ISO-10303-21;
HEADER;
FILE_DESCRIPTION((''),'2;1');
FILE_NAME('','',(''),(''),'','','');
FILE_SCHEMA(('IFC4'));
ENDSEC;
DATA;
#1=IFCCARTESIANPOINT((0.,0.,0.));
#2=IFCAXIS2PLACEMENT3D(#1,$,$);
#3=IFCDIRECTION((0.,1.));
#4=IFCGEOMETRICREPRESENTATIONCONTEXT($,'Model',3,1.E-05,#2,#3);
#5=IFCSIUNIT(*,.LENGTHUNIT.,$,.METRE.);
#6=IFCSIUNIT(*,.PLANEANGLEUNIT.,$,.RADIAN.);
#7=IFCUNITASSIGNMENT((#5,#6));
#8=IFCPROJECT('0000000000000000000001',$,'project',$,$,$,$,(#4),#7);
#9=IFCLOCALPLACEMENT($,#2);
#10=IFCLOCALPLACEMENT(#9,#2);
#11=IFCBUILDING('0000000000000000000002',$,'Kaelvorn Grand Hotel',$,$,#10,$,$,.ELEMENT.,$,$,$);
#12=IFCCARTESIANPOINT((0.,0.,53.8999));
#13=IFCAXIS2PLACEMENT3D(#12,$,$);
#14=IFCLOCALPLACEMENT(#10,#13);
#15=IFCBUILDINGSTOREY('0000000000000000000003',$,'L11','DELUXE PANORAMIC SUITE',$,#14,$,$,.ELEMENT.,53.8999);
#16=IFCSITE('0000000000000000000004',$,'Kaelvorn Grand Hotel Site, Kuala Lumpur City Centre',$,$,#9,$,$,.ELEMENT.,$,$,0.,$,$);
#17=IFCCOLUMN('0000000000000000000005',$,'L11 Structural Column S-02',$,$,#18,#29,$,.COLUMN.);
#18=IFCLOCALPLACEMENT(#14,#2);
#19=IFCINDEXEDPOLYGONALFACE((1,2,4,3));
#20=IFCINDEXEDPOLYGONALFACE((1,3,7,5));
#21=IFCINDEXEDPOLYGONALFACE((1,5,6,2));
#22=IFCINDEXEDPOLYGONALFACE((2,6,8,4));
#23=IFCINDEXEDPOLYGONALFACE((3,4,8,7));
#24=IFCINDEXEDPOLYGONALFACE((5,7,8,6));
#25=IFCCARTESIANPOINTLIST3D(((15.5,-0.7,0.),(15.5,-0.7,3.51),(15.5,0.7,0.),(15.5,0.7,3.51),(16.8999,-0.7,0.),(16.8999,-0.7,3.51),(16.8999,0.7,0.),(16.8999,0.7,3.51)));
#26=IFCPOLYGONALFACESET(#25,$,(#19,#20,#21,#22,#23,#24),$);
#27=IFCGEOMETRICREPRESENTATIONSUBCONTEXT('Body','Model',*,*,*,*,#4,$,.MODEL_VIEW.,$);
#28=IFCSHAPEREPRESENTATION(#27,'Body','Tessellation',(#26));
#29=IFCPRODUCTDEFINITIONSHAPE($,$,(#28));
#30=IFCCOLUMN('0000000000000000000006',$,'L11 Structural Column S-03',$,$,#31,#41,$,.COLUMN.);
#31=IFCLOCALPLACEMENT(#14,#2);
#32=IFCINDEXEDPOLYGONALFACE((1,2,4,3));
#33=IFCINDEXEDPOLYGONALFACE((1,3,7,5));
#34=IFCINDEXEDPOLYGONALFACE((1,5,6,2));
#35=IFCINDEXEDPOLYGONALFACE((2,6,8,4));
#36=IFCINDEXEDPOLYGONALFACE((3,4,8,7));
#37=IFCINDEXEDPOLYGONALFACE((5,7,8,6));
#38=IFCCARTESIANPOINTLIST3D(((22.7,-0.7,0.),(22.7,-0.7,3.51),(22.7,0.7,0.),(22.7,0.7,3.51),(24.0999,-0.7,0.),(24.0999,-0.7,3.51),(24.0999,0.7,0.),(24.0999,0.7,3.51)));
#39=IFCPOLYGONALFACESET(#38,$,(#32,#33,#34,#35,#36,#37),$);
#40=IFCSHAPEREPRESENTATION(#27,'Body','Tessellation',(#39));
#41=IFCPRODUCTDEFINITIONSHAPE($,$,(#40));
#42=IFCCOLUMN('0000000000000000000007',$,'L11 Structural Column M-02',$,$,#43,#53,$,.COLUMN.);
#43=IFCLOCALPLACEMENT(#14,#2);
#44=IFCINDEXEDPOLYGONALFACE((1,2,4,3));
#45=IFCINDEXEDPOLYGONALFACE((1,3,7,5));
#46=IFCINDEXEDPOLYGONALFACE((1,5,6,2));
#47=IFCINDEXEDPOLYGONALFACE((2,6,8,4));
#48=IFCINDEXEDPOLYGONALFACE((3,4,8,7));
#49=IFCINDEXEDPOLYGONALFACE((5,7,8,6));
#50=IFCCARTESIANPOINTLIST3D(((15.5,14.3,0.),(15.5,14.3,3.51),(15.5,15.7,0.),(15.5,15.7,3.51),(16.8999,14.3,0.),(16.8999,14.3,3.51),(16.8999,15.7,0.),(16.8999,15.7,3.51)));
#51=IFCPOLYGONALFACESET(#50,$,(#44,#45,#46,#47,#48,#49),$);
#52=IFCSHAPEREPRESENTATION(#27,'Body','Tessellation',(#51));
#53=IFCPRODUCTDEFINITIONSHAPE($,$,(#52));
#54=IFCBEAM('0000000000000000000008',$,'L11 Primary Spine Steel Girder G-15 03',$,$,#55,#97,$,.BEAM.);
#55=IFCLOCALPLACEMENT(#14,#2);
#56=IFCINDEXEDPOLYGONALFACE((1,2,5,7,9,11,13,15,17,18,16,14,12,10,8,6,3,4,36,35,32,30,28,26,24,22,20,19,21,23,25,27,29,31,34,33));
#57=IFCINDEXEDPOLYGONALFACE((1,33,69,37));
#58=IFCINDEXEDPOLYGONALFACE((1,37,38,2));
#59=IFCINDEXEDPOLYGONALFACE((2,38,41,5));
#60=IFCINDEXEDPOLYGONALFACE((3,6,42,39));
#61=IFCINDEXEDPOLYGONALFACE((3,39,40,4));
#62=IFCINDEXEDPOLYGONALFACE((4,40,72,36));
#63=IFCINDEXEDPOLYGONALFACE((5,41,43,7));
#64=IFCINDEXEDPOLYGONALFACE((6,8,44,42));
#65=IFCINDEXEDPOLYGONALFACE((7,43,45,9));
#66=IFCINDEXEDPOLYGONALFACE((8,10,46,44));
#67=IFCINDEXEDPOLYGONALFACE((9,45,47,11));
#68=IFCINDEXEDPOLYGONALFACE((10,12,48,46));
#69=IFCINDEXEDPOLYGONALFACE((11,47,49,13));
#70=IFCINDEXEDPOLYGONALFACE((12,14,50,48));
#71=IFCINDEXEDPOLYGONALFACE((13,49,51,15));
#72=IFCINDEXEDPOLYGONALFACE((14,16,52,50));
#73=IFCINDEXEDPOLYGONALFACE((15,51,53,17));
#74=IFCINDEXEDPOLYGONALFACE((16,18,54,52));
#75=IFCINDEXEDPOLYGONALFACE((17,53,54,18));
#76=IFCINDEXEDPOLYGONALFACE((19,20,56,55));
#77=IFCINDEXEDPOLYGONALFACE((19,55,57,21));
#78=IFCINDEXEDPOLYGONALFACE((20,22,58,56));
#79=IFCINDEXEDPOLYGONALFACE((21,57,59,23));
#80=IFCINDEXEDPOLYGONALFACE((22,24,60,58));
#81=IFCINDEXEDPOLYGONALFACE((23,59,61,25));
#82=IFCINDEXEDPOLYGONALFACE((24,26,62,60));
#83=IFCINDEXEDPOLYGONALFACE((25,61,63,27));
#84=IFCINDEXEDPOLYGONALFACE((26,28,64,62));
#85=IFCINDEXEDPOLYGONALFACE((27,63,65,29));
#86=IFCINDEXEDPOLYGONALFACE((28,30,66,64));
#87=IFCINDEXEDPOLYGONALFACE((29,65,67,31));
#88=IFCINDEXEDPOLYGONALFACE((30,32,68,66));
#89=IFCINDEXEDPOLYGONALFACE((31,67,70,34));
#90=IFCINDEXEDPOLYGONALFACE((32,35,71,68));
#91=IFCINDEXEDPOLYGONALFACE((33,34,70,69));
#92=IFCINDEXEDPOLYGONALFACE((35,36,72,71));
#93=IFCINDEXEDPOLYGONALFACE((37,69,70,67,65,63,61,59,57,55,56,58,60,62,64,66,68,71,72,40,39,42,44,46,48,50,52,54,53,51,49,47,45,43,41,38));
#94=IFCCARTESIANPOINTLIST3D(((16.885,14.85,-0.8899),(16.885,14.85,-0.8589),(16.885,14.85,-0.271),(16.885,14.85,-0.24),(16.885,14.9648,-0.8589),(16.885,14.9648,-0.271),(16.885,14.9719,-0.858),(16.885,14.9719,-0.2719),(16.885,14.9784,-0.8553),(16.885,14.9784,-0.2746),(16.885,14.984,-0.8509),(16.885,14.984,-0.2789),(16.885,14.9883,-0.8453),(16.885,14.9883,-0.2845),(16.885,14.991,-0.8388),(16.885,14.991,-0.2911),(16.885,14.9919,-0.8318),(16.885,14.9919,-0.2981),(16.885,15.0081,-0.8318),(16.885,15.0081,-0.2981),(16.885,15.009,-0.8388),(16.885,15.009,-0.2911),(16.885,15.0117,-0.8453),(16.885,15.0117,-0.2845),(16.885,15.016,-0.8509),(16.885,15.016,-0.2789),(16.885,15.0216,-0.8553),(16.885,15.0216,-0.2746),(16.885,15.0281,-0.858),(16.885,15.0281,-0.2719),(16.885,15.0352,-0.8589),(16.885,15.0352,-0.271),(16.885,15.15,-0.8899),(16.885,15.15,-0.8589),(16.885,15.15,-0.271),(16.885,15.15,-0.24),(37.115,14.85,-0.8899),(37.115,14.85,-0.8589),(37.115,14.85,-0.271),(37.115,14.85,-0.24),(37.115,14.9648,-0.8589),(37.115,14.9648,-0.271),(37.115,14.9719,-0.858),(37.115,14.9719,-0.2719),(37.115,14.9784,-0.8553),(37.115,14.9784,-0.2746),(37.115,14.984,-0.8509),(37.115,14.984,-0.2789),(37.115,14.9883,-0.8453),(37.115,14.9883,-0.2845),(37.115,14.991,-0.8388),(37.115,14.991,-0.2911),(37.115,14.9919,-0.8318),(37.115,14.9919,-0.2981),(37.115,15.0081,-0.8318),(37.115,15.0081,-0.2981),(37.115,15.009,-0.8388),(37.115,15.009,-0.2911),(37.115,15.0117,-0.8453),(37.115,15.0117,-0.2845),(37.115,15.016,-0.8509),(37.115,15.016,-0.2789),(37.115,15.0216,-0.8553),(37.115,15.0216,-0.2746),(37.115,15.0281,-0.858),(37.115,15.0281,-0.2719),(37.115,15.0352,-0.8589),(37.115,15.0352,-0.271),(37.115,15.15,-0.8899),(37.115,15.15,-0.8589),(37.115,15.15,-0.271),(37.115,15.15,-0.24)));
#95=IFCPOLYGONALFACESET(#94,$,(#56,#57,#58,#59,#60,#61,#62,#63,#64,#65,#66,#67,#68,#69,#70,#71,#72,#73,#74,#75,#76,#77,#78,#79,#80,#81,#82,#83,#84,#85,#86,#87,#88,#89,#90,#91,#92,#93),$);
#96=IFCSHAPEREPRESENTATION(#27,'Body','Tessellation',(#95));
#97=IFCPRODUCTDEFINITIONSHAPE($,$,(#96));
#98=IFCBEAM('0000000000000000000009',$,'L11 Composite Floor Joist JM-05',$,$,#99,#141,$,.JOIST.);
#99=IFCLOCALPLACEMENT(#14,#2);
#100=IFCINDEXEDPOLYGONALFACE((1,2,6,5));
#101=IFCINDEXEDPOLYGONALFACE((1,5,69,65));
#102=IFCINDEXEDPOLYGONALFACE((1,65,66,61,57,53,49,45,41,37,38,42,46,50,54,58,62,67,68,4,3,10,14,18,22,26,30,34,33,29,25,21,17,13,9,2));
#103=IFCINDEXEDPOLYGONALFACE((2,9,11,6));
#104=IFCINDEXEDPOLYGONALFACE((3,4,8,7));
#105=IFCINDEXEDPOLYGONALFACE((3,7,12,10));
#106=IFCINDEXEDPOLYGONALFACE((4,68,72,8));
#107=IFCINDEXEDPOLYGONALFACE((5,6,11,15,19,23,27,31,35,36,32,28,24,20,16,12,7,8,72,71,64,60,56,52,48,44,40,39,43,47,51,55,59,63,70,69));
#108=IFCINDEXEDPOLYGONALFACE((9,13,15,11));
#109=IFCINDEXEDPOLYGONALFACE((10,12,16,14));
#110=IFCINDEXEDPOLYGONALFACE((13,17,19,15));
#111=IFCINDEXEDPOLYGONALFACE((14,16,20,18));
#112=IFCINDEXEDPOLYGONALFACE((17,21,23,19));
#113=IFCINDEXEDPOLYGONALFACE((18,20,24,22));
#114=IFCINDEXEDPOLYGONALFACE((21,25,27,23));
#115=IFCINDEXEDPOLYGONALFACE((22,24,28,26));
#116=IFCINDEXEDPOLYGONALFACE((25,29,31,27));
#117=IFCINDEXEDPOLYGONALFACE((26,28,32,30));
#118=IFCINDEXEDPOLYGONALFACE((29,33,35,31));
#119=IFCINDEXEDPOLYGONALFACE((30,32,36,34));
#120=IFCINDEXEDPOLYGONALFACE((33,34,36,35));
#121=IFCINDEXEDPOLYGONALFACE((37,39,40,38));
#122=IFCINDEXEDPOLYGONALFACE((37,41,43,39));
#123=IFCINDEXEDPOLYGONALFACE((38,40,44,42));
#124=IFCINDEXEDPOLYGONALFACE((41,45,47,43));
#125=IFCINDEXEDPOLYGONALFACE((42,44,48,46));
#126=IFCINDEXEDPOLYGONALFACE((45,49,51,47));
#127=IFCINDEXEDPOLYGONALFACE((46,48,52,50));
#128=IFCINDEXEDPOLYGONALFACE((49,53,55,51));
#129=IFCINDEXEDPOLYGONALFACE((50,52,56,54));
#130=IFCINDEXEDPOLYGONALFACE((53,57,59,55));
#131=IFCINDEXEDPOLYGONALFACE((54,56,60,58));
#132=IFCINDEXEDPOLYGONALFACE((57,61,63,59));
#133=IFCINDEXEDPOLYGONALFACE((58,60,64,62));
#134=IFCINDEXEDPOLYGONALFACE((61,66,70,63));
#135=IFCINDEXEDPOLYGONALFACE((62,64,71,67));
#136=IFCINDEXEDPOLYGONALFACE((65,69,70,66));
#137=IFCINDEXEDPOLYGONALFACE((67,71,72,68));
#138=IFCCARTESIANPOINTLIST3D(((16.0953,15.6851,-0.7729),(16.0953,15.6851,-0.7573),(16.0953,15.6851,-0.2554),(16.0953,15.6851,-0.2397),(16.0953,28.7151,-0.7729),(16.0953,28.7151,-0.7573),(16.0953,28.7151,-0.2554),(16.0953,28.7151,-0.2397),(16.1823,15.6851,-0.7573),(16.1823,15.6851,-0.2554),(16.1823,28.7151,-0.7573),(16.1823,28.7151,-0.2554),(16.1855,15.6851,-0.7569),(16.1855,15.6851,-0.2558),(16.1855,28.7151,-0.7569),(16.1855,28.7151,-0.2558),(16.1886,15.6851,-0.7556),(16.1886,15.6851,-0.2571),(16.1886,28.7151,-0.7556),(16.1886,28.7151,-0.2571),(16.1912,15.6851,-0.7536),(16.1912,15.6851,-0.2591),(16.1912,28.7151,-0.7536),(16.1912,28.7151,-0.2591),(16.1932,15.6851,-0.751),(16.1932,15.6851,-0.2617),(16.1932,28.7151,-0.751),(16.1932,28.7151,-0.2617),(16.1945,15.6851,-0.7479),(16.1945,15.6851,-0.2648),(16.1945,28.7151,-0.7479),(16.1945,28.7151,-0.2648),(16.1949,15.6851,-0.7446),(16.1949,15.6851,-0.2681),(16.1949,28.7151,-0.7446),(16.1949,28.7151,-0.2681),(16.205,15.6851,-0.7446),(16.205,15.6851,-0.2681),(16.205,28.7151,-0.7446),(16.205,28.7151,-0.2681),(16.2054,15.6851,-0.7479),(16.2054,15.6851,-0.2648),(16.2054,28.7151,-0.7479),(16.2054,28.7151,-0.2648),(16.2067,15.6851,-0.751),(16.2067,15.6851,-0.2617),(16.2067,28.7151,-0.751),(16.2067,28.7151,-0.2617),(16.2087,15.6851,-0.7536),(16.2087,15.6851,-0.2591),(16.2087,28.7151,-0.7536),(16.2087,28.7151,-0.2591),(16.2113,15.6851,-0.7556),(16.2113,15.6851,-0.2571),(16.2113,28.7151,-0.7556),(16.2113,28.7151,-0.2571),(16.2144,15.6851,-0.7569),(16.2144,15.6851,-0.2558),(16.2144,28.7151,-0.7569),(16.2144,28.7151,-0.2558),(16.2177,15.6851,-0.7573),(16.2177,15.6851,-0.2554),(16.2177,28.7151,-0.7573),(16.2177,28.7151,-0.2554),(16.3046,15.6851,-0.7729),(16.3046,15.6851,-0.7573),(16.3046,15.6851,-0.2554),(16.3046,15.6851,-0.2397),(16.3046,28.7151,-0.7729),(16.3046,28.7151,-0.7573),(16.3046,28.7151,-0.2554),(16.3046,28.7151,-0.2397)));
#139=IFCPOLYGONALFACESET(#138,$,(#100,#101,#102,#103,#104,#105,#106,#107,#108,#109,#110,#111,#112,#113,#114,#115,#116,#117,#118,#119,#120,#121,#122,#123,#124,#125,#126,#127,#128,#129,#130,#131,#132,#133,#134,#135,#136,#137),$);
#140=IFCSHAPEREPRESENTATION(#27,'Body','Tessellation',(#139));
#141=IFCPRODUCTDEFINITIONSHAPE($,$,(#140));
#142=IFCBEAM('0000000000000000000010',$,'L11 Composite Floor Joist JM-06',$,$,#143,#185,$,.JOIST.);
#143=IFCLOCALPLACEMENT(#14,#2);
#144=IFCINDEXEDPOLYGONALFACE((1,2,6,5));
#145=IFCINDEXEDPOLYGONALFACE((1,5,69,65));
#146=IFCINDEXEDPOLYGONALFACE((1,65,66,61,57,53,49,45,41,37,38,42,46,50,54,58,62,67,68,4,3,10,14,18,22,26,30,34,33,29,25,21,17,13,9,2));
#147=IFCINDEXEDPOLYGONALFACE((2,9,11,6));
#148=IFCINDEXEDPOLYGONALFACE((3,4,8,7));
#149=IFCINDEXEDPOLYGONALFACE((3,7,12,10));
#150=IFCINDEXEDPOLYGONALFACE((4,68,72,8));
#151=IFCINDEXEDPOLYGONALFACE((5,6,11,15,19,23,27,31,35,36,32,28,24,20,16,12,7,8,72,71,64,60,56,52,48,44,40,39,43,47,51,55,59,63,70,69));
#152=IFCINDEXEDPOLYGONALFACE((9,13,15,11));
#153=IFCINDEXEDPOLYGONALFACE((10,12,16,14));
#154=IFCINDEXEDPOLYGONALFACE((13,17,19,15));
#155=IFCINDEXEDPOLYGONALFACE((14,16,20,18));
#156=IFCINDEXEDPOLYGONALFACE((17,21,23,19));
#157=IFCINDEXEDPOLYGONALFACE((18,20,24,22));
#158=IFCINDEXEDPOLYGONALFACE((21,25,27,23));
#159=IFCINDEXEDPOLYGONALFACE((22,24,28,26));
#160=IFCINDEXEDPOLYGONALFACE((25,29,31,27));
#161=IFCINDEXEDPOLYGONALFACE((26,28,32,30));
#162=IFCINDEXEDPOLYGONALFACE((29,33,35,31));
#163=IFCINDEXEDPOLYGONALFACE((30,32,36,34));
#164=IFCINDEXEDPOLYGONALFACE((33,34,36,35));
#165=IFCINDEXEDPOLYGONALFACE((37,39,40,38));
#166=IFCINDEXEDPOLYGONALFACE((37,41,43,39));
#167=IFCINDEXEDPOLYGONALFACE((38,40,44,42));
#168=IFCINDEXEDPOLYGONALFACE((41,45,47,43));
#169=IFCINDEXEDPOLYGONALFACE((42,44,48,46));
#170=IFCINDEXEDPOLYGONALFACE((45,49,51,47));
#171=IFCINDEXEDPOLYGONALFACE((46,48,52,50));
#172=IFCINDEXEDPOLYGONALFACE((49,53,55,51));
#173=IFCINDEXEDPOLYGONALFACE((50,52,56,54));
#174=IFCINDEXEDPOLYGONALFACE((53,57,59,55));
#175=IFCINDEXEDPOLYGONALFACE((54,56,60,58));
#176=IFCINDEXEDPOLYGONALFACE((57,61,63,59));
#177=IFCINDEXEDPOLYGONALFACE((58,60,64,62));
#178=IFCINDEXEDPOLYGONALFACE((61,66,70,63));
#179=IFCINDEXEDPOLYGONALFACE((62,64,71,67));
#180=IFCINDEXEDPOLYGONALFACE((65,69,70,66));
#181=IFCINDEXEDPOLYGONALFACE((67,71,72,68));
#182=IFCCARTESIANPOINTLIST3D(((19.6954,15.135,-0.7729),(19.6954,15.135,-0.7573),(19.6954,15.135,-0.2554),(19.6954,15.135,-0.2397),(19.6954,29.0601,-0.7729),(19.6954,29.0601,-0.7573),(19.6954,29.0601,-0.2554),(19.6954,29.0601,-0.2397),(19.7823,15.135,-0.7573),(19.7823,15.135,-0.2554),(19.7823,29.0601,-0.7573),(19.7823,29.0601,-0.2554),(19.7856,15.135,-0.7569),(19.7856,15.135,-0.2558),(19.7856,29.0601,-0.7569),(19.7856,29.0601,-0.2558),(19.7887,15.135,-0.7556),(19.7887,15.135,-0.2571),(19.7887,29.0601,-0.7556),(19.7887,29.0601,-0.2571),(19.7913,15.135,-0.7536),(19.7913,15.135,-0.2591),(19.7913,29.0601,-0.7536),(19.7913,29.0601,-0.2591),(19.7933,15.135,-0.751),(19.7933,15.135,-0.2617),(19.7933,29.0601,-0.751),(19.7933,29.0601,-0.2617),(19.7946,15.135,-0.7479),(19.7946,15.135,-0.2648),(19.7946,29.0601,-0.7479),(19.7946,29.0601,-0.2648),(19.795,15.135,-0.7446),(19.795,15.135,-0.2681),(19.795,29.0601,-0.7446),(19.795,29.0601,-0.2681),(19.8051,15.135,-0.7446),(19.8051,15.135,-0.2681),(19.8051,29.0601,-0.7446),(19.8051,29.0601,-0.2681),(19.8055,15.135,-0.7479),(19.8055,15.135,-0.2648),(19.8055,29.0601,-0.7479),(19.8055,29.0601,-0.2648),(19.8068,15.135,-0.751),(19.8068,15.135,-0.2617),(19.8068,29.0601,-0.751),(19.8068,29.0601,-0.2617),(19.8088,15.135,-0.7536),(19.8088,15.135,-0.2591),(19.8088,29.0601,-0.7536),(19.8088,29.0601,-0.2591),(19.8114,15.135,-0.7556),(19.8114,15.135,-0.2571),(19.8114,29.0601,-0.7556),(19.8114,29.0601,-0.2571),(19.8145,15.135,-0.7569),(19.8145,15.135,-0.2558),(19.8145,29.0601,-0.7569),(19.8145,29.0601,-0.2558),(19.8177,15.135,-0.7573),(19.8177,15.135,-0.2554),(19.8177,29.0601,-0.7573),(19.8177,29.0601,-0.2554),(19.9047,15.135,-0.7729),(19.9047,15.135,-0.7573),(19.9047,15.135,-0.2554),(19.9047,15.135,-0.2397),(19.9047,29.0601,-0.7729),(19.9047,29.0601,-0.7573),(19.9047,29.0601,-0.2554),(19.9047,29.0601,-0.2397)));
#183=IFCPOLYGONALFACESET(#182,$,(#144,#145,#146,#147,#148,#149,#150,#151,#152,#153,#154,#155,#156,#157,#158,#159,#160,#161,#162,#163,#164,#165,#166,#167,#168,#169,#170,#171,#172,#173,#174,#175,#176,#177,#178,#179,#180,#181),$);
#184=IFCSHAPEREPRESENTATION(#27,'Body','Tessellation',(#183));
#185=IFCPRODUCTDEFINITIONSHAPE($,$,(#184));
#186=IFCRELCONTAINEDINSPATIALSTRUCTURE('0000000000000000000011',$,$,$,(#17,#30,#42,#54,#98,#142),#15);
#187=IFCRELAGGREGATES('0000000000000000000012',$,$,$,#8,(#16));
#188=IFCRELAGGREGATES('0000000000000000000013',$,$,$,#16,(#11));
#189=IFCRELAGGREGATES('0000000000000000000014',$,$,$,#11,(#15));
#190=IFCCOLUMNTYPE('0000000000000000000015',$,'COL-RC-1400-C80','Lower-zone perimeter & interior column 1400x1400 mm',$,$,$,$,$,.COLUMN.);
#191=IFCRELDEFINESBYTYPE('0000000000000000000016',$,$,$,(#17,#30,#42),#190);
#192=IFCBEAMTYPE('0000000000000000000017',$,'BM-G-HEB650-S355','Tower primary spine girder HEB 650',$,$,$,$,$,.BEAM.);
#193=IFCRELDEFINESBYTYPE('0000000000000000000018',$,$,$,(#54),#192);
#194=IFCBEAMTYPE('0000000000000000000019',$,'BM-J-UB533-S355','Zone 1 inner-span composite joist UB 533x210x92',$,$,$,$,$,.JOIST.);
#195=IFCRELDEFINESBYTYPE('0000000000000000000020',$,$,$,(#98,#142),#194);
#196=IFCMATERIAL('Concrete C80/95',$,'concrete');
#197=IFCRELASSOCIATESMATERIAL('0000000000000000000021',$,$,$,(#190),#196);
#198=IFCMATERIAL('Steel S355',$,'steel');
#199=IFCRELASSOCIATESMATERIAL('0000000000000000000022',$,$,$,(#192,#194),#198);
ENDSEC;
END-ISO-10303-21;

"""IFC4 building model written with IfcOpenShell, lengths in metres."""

from ifc_helpers import new_model, si_unit, direction, frame, origin, origin_2d, place, context, subcontext, project, spatial, rectangle, i_section, extrude, material, material_profile, profile_set, type_object, element, save


model = new_model("IFC4")

# Units and contexts
model_context = context("Model", 3, precision=1e-05, world=origin(), true_north=direction((0.0, 1.0)))
body_context = subcontext(model_context, "Body", "Model", "MODEL_VIEW")
ifc_project = project(units=[si_unit("LENGTHUNIT", "METRE"), si_unit("PLANEANGLEUNIT", "RADIAN")], contexts=[model_context])

# Site, building, storey
site_placement = place(None, origin())
site = spatial("IfcSite", under=ifc_project, at=site_placement, Name="Kaelvorn Grand Hotel Site, Kuala Lumpur City Centre", CompositionType="ELEMENT", RefElevation=0.0)
building_placement = place(site_placement, origin())
building = spatial("IfcBuilding", under=site, at=building_placement, Name="Kaelvorn Grand Hotel", CompositionType="ELEMENT")
storey_placement = place(building_placement, frame((0.0, 0.0, 53.8999)))
storey = spatial("IfcBuildingStorey", under=building, at=storey_placement, Name="L11", Description="DELUXE PANORAMIC SUITE", CompositionType="ELEMENT", Elevation=53.8999)

# Columns
ifc_material_1 = material(Name="Concrete C80/95", Category="concrete")
ifc_material_profile_1 = material_profile(ifc_material_1, rectangle(XDim=1.3999, YDim=1.3999, at=origin_2d()), Name="RC COL 1400x1400")
ifc_profile_set_1 = profile_set([ifc_material_profile_1], Name="Concrete C80/95")
column_type = type_object("IfcColumnType", Name="COL-RC-1400-C80", Description="Lower-zone perimeter & interior column 1400x1400 mm", PredefinedType="COLUMN", material=ifc_profile_set_1)
for number, where, z_axis, x_axis, name in (
    (1, (16.2, 0.0, 0.0), (0.0, 0.0, 1.0), (1.0, 0.0, 0.0), "L11 Structural Column S-02"),
    (2, (23.3999, 0.0, 0.0), (0.0, 0.0, 1.0), (1.0, 0.0, 0.0), "L11 Structural Column S-03"),
    (3, (16.2, 15.0, 0.0), (0.0, 0.0, 1.0), (1.0, 0.0, 0.0), "L11 Structural Column M-02"),
):
    element("IfcColumn", number, at=place(storey_placement, frame(where, z_axis=z_axis, x_axis=x_axis)), inside=storey, type_object=column_type, Name=name, PredefinedType="COLUMN", context=body_context, shape_type="SweptSolid", body=[
        extrude(rectangle(XDim=1.3999, YDim=1.3999, at=origin_2d()), origin(), (0.0, 0.0, 1.0), 3.51),
    ])

# Beams
ifc_material_2 = material(Name="Steel S355", Category="steel")
ifc_material_profile_2 = material_profile(ifc_material_2, i_section(OverallWidth=0.3, OverallDepth=0.6499, WebThickness=0.0161, FlangeThickness=0.031, FilletRadius=0.0271, at=origin_2d()), Name="HEB 650")
ifc_profile_set_2 = profile_set([ifc_material_profile_2], Name="Steel S355")
beam_type_1 = type_object("IfcBeamType", Name="BM-G-HEB650-S355", Description="Tower primary spine girder HEB 650", PredefinedType="BEAM", material=ifc_profile_set_2)
beam_1_placement = place(storey_placement, frame((16.885, 15.0, -0.5649), z_axis=(1.0, 0.0, 0.0), x_axis=(0.0, 1.0, 0.0)))
element("IfcBeam", 4, at=beam_1_placement, inside=storey, type_object=beam_type_1, Name="L11 Primary Spine Steel Girder G-15 03", PredefinedType="BEAM", context=body_context, shape_type="SweptSolid", body=[
    extrude(i_section(OverallWidth=0.3, OverallDepth=0.6499, WebThickness=0.0161, FlangeThickness=0.031, FilletRadius=0.0271, at=origin_2d()), origin(), (0.0, 0.0, 1.0), 20.23),
])
ifc_material_profile_3 = material_profile(ifc_material_2, i_section(OverallWidth=0.2092, OverallDepth=0.5332, WebThickness=0.01, FlangeThickness=0.0156, FilletRadius=0.0127, at=origin_2d()), Name="UB 533x210x92")
ifc_profile_set_3 = profile_set([ifc_material_profile_3], Name="Steel S355")
beam_type_2 = type_object("IfcBeamType", Name="BM-J-UB533-S355", Description="Zone 1 inner-span composite joist UB 533x210x92", PredefinedType="JOIST", material=ifc_profile_set_3)
beam_2_placement = place(storey_placement, frame((16.2, 15.6851, -0.5063), z_axis=(0.0, 1.0, 0.0), x_axis=(-1.0, 0.0, 0.0)))
element("IfcBeam", 5, at=beam_2_placement, inside=storey, type_object=beam_type_2, Name="L11 Composite Floor Joist JM-05", PredefinedType="JOIST", context=body_context, shape_type="SweptSolid", body=[
    extrude(i_section(OverallWidth=0.2092, OverallDepth=0.5332, WebThickness=0.01, FlangeThickness=0.0156, FilletRadius=0.0127, at=origin_2d()), origin(), (0.0, 0.0, 1.0), 13.03),
])
beam_3_placement = place(storey_placement, frame((19.8, 15.135, -0.5063), z_axis=(0.0, 1.0, 0.0), x_axis=(-1.0, 0.0, 0.0)))
element("IfcBeam", 6, at=beam_3_placement, inside=storey, type_object=beam_type_2, Name="L11 Composite Floor Joist JM-06", PredefinedType="JOIST", context=body_context, shape_type="SweptSolid", body=[
    extrude(i_section(OverallWidth=0.2092, OverallDepth=0.5332, WebThickness=0.01, FlangeThickness=0.0156, FilletRadius=0.0127, at=origin_2d()), origin(), (0.0, 0.0, 1.0), 13.925),
])

save(model, "model.ifc")
